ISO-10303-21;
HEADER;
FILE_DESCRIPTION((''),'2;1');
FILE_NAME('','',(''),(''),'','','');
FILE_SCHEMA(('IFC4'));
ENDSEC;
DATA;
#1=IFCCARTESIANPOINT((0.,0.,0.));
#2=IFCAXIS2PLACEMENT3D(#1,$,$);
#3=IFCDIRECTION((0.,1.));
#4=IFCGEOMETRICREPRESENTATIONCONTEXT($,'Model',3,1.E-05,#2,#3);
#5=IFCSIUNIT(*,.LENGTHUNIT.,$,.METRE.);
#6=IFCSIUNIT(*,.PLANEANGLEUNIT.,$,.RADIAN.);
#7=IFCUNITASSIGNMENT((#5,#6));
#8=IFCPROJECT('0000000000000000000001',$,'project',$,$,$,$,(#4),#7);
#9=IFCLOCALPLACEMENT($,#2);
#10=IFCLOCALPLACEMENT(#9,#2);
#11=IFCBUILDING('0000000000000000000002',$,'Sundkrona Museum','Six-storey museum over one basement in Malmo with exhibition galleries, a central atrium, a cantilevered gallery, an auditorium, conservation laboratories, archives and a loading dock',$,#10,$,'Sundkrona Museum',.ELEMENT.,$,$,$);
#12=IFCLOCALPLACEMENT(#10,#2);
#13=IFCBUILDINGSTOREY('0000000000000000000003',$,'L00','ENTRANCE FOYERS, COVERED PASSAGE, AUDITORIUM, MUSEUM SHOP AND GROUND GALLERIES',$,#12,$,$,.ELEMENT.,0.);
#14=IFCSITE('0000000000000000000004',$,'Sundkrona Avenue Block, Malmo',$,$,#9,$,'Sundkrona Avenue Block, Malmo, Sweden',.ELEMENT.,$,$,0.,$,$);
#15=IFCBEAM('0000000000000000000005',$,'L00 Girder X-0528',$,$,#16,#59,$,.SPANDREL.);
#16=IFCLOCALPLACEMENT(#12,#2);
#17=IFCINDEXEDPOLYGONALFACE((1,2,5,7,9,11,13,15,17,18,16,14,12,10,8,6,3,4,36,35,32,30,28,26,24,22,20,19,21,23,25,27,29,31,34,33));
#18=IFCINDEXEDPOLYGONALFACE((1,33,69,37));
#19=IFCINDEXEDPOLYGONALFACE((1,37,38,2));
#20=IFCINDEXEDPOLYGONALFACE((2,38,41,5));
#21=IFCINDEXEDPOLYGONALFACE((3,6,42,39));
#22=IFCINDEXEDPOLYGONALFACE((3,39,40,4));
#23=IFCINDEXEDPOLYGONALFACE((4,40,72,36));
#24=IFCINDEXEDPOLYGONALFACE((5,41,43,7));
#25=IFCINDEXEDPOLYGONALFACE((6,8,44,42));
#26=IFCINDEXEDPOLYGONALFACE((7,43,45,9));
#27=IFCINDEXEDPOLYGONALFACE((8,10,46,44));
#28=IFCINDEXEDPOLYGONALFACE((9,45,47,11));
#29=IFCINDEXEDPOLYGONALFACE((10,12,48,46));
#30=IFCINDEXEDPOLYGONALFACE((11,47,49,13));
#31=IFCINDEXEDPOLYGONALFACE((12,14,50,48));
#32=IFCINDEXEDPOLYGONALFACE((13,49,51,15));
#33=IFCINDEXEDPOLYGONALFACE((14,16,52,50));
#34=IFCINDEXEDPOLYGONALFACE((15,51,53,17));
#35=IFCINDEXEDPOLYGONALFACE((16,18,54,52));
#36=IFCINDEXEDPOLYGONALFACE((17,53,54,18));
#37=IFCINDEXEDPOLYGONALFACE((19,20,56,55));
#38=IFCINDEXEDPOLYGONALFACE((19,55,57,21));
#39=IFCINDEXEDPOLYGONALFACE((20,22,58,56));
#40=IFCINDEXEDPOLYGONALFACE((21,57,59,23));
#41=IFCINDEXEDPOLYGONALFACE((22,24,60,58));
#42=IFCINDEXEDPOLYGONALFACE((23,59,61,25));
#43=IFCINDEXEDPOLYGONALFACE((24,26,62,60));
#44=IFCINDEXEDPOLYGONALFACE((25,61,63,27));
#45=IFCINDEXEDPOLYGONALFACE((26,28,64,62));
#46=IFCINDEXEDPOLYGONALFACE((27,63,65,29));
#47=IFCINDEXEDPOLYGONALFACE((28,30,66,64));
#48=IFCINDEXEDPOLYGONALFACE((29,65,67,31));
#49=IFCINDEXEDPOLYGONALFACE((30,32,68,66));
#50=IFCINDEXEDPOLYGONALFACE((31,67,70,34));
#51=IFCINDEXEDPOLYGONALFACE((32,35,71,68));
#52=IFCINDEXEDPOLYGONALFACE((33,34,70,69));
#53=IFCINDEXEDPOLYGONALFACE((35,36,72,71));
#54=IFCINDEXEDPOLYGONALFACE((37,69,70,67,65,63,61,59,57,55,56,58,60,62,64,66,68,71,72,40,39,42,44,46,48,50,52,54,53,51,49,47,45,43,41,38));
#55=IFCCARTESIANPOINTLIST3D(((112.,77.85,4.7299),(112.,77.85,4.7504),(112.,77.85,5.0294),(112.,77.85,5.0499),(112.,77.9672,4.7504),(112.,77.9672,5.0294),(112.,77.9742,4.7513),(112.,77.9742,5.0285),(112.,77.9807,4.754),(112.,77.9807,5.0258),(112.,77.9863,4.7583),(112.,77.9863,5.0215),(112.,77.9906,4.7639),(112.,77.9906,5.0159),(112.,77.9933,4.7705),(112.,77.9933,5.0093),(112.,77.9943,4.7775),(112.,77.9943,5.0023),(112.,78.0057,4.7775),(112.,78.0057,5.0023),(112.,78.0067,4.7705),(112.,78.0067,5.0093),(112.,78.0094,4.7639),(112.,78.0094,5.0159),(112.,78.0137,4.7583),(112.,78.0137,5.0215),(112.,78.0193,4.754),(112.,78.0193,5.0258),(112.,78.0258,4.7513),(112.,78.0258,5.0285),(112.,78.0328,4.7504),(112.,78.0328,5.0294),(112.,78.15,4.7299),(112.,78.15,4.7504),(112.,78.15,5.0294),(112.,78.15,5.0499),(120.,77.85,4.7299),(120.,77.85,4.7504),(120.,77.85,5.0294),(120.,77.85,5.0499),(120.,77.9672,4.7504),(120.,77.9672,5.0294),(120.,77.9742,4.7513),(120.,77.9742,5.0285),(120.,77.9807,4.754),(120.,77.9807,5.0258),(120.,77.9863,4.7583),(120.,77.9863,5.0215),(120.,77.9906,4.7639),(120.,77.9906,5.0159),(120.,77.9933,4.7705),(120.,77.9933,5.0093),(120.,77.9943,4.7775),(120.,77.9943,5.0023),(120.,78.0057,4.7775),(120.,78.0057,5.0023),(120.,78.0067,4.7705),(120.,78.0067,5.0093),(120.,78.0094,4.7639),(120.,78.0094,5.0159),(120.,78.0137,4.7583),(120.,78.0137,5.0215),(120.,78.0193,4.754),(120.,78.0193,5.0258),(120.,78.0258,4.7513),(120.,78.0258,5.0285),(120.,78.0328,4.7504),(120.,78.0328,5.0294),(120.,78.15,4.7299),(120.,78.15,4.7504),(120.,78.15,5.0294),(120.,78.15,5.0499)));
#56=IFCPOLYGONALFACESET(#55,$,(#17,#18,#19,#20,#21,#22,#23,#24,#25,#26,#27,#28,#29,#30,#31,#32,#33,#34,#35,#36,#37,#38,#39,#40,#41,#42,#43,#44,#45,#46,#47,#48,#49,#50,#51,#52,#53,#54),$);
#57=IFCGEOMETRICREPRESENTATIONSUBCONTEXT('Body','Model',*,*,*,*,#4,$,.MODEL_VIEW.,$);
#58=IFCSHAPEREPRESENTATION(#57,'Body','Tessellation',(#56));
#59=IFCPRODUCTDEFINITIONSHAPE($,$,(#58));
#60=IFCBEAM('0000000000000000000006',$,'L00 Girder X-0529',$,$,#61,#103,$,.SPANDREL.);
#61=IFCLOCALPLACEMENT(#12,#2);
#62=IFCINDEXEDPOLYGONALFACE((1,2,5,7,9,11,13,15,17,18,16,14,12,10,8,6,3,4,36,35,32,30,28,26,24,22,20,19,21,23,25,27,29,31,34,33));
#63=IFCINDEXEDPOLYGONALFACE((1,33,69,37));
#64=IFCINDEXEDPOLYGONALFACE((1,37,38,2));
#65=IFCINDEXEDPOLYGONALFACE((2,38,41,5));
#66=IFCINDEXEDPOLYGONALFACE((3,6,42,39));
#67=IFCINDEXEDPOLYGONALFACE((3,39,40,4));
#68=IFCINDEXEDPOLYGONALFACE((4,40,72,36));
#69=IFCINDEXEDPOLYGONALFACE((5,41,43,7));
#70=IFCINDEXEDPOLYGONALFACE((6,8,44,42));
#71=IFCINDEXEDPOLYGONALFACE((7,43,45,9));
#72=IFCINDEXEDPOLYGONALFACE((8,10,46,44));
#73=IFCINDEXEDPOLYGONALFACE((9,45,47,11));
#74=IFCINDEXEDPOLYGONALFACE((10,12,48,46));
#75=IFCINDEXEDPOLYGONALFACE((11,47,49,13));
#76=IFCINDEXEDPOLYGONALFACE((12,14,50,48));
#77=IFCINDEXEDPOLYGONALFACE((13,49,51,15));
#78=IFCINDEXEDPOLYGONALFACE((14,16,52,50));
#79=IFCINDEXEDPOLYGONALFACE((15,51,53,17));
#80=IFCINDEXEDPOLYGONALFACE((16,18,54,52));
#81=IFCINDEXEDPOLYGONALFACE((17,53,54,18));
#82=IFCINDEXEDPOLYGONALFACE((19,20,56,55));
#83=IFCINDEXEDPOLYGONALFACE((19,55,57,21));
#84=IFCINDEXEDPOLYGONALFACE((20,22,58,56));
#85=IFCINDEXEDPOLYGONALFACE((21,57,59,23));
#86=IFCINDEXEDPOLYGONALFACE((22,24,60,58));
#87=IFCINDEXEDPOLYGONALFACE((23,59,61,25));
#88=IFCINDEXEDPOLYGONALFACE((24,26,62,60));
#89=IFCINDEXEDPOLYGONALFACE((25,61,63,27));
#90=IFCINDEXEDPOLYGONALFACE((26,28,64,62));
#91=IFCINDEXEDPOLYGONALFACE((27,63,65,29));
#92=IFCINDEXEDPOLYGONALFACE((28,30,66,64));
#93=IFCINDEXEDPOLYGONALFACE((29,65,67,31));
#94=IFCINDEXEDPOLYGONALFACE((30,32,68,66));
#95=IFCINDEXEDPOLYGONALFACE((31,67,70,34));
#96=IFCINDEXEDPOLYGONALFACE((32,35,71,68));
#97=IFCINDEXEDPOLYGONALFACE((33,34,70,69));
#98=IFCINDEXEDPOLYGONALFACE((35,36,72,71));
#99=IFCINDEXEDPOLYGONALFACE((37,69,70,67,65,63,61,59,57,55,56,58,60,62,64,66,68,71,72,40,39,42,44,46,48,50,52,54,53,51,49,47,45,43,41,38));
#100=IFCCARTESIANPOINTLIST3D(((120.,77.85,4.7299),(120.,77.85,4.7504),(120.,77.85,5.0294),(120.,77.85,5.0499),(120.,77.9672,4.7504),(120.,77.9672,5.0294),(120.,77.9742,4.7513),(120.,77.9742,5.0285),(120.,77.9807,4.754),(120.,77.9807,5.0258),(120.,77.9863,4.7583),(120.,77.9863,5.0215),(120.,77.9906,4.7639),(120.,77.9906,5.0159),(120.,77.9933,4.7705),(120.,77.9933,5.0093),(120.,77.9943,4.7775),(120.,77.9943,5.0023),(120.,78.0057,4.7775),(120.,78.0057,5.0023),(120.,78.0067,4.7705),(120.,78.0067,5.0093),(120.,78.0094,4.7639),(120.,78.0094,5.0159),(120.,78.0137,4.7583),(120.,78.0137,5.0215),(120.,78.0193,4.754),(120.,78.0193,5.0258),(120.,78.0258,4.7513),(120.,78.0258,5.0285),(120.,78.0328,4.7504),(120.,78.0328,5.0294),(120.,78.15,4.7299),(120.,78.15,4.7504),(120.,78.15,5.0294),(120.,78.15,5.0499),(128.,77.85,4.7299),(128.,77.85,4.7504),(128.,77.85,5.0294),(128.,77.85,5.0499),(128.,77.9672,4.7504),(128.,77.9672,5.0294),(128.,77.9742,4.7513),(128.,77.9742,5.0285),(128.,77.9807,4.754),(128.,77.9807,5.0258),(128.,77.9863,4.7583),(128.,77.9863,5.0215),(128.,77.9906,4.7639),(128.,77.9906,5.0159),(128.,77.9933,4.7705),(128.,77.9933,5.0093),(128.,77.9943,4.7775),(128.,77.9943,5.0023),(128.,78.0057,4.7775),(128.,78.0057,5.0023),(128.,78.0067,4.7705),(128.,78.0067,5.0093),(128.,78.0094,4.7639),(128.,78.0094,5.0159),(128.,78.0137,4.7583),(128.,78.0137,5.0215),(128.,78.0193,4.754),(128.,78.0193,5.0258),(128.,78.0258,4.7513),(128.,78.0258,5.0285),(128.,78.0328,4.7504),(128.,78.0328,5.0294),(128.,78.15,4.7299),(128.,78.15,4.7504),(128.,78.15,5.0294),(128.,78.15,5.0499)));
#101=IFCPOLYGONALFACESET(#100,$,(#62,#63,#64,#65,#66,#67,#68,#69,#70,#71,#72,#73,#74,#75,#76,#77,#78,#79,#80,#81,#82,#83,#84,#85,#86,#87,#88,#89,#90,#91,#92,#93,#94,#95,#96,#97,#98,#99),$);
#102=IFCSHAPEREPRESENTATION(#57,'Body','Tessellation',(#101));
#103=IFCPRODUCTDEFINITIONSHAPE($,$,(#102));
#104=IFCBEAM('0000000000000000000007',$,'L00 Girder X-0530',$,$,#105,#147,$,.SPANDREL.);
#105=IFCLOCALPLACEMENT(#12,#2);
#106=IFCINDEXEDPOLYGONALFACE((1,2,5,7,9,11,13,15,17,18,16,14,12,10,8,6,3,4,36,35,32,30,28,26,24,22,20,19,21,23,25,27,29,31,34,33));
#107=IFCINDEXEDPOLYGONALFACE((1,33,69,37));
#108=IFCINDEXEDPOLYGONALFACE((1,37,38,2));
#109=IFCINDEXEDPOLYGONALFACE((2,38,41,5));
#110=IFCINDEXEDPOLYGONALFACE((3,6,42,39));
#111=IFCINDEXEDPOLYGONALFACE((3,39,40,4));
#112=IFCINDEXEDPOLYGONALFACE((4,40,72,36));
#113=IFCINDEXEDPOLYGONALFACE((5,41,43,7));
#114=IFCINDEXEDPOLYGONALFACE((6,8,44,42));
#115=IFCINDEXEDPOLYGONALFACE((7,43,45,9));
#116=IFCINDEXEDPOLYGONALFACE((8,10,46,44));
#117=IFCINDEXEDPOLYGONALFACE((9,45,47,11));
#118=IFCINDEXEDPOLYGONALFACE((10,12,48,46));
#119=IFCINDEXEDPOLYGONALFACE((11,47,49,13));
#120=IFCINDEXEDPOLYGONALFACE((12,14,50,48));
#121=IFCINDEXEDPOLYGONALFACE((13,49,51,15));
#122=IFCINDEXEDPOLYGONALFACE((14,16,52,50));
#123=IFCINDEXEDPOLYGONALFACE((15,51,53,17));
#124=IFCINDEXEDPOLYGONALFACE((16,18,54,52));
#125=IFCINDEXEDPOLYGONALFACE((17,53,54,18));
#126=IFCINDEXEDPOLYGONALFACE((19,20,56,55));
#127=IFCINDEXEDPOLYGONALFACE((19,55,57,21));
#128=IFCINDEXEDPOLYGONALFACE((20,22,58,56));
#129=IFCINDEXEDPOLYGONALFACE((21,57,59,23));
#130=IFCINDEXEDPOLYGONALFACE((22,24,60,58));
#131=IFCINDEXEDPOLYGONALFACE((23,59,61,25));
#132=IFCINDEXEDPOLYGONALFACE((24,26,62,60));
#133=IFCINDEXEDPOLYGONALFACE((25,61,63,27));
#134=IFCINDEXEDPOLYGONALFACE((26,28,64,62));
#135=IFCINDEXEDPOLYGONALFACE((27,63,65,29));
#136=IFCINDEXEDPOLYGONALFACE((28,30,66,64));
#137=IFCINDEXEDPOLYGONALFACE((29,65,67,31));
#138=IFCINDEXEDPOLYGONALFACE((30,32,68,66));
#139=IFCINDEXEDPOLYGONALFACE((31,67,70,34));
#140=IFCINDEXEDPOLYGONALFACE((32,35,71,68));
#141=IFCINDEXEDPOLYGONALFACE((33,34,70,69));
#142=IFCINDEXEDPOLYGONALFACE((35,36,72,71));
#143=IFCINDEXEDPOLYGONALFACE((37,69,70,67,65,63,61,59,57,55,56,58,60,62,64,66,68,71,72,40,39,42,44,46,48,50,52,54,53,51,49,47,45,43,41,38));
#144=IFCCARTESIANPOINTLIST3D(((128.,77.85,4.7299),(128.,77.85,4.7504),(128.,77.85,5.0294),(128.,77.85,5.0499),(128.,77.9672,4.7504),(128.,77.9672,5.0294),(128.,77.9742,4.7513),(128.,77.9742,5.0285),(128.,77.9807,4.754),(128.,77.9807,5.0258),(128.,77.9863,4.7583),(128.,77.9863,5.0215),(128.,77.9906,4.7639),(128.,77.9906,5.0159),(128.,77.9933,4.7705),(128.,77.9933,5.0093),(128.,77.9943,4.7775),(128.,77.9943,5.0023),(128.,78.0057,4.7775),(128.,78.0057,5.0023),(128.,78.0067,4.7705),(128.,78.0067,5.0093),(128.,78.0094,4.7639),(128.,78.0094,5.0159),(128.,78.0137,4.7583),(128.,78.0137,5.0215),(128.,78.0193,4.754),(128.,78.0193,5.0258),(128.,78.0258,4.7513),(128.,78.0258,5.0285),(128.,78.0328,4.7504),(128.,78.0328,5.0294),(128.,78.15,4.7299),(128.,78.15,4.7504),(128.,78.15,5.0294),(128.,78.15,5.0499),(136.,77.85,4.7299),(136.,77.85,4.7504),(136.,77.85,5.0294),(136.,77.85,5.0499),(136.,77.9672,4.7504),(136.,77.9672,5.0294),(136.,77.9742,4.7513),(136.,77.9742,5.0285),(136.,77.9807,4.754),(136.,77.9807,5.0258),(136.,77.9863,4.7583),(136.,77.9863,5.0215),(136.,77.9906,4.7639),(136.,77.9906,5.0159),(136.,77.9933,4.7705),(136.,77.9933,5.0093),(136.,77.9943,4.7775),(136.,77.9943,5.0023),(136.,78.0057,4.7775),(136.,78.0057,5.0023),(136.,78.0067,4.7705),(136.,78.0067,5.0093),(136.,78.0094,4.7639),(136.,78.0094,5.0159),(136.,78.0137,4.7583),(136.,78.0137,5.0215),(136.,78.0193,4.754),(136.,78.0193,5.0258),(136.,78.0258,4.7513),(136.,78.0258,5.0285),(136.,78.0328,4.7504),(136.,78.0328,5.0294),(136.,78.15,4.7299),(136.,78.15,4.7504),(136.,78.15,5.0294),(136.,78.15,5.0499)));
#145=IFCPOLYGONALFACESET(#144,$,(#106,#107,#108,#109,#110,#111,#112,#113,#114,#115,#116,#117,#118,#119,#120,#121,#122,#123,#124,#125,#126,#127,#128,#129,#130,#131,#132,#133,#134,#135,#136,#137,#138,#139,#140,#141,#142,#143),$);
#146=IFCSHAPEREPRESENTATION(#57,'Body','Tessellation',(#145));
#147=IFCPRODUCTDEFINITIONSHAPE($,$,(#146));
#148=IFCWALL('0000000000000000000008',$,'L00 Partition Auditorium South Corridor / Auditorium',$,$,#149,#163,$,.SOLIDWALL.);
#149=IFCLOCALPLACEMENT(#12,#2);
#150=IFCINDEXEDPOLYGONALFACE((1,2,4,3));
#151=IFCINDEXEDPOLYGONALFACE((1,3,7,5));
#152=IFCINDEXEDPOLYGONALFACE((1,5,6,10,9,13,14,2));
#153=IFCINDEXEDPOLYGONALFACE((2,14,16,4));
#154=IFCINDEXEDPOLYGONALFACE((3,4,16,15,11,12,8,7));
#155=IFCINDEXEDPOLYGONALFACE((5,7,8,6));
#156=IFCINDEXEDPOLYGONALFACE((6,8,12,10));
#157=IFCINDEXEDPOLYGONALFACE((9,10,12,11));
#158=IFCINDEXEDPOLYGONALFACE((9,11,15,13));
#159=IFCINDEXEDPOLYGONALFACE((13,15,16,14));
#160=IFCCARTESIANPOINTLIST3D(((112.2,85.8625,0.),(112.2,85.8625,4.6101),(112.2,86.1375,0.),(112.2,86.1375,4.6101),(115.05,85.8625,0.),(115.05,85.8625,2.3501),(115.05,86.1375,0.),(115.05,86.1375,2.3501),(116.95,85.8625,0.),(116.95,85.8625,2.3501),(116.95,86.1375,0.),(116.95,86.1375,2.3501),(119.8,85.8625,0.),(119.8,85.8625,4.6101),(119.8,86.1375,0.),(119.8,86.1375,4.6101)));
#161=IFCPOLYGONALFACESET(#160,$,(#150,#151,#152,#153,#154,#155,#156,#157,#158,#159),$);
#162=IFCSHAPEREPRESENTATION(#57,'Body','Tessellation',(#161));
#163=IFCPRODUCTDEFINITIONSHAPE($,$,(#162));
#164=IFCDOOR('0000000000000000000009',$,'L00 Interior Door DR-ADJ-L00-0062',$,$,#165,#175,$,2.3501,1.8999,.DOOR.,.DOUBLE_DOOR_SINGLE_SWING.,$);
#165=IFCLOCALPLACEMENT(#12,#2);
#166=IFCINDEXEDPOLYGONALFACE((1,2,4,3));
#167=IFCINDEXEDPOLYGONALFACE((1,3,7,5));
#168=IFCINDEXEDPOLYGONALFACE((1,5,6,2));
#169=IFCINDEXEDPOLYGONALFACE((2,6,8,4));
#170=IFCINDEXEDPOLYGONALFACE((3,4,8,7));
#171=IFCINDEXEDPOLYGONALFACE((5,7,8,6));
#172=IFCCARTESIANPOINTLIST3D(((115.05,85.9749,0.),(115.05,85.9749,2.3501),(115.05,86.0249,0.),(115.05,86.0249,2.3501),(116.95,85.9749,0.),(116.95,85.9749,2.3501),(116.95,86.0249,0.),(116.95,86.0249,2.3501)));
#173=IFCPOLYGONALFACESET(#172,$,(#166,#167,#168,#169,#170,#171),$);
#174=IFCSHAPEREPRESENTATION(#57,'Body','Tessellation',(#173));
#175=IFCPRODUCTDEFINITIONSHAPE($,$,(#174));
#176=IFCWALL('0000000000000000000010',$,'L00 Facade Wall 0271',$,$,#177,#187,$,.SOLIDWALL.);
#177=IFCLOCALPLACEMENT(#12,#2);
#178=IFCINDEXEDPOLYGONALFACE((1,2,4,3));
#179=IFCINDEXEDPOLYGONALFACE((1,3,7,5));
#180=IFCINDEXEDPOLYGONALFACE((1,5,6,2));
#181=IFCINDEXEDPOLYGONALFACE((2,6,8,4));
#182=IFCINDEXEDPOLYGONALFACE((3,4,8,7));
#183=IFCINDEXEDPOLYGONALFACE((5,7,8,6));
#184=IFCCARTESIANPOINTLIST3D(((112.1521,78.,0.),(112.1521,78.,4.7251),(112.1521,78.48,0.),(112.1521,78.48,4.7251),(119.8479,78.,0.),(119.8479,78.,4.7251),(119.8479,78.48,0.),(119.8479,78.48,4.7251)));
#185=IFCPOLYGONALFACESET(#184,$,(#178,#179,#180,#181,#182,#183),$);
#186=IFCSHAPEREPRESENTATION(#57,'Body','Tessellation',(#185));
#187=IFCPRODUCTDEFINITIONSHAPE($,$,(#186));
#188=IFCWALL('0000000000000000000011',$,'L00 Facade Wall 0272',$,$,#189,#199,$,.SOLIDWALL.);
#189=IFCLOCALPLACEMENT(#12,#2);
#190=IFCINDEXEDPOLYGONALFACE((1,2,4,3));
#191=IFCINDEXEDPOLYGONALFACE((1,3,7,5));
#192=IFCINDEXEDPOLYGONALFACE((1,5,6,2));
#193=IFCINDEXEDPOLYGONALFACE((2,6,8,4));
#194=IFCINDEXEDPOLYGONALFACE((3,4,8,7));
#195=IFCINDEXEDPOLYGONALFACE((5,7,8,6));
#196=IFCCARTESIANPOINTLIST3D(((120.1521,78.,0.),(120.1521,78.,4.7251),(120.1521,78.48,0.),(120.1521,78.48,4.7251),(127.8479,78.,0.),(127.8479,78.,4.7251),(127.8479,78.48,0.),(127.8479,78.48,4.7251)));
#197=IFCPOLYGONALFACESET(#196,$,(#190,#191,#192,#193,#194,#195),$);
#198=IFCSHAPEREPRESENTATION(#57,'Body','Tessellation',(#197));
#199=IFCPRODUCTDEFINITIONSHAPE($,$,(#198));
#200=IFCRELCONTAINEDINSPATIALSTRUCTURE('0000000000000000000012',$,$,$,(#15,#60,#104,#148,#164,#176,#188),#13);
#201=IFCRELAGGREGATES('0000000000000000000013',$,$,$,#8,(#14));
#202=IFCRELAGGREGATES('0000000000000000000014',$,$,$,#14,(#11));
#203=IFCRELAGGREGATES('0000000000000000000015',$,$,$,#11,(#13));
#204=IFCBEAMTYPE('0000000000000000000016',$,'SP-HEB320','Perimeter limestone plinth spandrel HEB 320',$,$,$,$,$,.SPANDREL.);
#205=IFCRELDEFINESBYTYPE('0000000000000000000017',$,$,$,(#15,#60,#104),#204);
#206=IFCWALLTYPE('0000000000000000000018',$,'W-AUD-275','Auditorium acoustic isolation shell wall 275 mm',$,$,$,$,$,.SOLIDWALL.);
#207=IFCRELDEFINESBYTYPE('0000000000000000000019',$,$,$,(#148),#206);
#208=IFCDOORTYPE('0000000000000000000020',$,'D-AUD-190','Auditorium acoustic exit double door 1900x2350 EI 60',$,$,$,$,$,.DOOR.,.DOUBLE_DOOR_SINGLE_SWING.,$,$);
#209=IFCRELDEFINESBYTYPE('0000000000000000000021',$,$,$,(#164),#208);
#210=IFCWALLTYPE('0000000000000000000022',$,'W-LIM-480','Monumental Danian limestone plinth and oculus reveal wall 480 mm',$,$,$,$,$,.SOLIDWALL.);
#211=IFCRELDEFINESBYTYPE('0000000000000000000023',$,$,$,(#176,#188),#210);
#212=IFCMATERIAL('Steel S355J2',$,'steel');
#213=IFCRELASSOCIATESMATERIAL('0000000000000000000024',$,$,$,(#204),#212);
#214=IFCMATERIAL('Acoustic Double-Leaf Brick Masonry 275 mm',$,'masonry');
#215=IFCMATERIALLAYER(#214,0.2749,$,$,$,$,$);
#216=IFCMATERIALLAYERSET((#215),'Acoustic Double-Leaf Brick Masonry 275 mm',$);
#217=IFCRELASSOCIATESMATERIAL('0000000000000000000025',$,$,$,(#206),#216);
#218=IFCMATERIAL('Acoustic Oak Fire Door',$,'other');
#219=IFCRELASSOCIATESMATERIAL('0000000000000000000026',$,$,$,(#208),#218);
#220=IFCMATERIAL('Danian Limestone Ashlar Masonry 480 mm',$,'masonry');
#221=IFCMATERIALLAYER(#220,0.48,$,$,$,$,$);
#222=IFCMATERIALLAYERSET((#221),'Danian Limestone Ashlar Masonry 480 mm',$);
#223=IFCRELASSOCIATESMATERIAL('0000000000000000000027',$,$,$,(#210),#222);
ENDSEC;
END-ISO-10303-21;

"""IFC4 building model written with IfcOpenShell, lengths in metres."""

from ifc_helpers import new_model, si_unit, direction, frame, frame_2d, origin, origin_2d, place, context, subcontext, project, spatial, rectangle, i_section, extrude, material, layer, layer_set, material_profile, profile_set, type_object, element, fill, save


model = new_model("IFC4")

# Units and contexts
model_context = context("Model", 3, precision=1e-05, world=origin(), true_north=direction((0.0, 1.0)))
body_context = subcontext(model_context, "Body", "Model", "MODEL_VIEW")
ifc_project = project(units=[si_unit("LENGTHUNIT", "METRE"), si_unit("PLANEANGLEUNIT", "RADIAN")], contexts=[model_context])

# Site, building, storey
site_placement = place(None, origin())
site = spatial("IfcSite", under=ifc_project, at=site_placement, Name="Sundkrona Avenue Block, Malmo", LongName="Sundkrona Avenue Block, Malmo, Sweden", CompositionType="ELEMENT", RefElevation=0.0)
building_placement = place(site_placement, origin())
building = spatial("IfcBuilding", under=site, at=building_placement, Name="Sundkrona Museum", Description="Six-storey museum over one basement in Malmo with exhibition galleries, a central atrium, a cantilevered gallery, an auditorium, conservation laboratories, archives and a loading dock", LongName="Sundkrona Museum", CompositionType="ELEMENT")
storey_placement = place(building_placement, origin())
storey = spatial("IfcBuildingStorey", under=building, at=storey_placement, Name="L00", Description="ENTRANCE FOYERS, COVERED PASSAGE, AUDITORIUM, MUSEUM SHOP AND GROUND GALLERIES", CompositionType="ELEMENT", Elevation=0.0)

# Shared definitions
ifc_material_1 = material(Name="Steel S355J2", Category="steel")

# Beams
ifc_material_profile_1 = material_profile(ifc_material_1, i_section(OverallWidth=0.3, OverallDepth=0.3201, WebThickness=0.0115, FlangeThickness=0.0205, FilletRadius=0.0271, at=origin_2d()), Name="HEB 320")
ifc_profile_set_1 = profile_set([ifc_material_profile_1], Name="Steel S355J2")
beam_type_1 = type_object("IfcBeamType", Name="SP-HEB320", Description="Perimeter limestone plinth spandrel HEB 320", PredefinedType="SPANDREL", material=ifc_profile_set_1)
for number, where, z_axis, x_axis, name in (
    (1, (112.0, 78.0, 4.8899), (1.0, 0.0, 0.0), (0.0, 1.0, 0.0), "L00 Girder X-0528"),
    (2, (120.0, 78.0, 4.8899), (1.0, 0.0, 0.0), (0.0, 1.0, 0.0), "L00 Girder X-0529"),
    (3, (128.0, 78.0, 4.8899), (1.0, 0.0, 0.0), (0.0, 1.0, 0.0), "L00 Girder X-0530"),
):
    element("IfcBeam", number, at=place(storey_placement, frame(where, z_axis=z_axis, x_axis=x_axis)), inside=storey, type_object=beam_type_1, Name=name, PredefinedType="SPANDREL", context=body_context, shape_type="SweptSolid", body=[
        extrude(i_section(OverallWidth=0.3, OverallDepth=0.3201, WebThickness=0.0115, FlangeThickness=0.0205, FilletRadius=0.0271, at=origin_2d()), origin(), (0.0, 0.0, 1.0), 8.0),
    ])

# Wall, opening, door
ifc_material_2 = material(Name="Acoustic Double-Leaf Brick Masonry 275 mm", Category="masonry")
ifc_layer_1 = layer(ifc_material_2, 0.2749)
ifc_layer_set_1 = layer_set([ifc_layer_1], Name="Acoustic Double-Leaf Brick Masonry 275 mm")
wall_type_1 = type_object("IfcWallType", Name="W-AUD-275", Description="Auditorium acoustic isolation shell wall 275 mm", PredefinedType="SOLIDWALL", material=ifc_layer_set_1)
wall_placement = place(storey_placement, frame((112.2, 86.0, 0.0), z_axis=(0.0, 0.0, 1.0), x_axis=(1.0, 0.0, 0.0)))
wall = element("IfcWall", 4, at=wall_placement, inside=storey, type_object=wall_type_1, Name="L00 Partition Auditorium South Corridor / Auditorium", PredefinedType="SOLIDWALL", context=body_context, shape_type="SweptSolid", body=[
    extrude(rectangle(XDim=7.6001, YDim=0.2749, at=frame_2d((3.8, 0.0))), origin(), (0.0, 0.0, 1.0), 4.6101),
])
opening_placement = place(wall_placement, frame((2.8501, 0.0, 0.0)))
opening = element("IfcOpeningElement", 5, at=opening_placement, cuts=wall, PredefinedType="OPENING", context=body_context, shape_type="SweptSolid", body=[
    extrude(rectangle(XDim=1.8999, YDim=2.3501, at=frame_2d((0.95, 1.175))), frame((0.0, 0.1475, 0.0), z_axis=(0.0, -1.0, 0.0), x_axis=(1.0, 0.0, 0.0)), (0.0, 0.0, 1.0), 0.2949),
])
ifc_material_3 = material(Name="Acoustic Oak Fire Door", Category="other")
door_type = type_object("IfcDoorType", Name="D-AUD-190", Description="Auditorium acoustic exit double door 1900x2350 EI 60", OperationType="DOUBLE_DOOR_SINGLE_SWING", PredefinedType="DOOR", material=ifc_material_3)
door_placement = place(opening_placement, origin())
door = element("IfcDoor", 6, at=door_placement, inside=storey, type_object=door_type, Name="L00 Interior Door DR-ADJ-L00-0062", OperationType="DOUBLE_DOOR_SINGLE_SWING", OverallHeight=2.3501, OverallWidth=1.8999, PredefinedType="DOOR", context=body_context, shape_type="SweptSolid", body=[
    extrude(rectangle(XDim=1.8999, YDim=2.3501, at=frame_2d((0.95, 1.175))), frame((0.0, 0.0249, 0.0), z_axis=(0.0, -1.0, 0.0), x_axis=(1.0, 0.0, 0.0)), (0.0, 0.0, 1.0), 0.05),
])
fill(opening, door)

# Walls
ifc_material_4 = material(Name="Danian Limestone Ashlar Masonry 480 mm", Category="masonry")
ifc_layer_2 = layer(ifc_material_4, 0.48)
ifc_layer_set_2 = layer_set([ifc_layer_2], Name="Danian Limestone Ashlar Masonry 480 mm")
wall_type_2 = type_object("IfcWallType", Name="W-LIM-480", Description="Monumental Danian limestone plinth and oculus reveal wall 480 mm", PredefinedType="SOLIDWALL", material=ifc_layer_set_2)
for number, where, z_axis, x_axis, name in (
    (7, (119.8479, 78.24, 0.0), (0.0, 0.0, 1.0), (-1.0, 0.0, 0.0), "L00 Facade Wall 0271"),
    (8, (127.8479, 78.24, 0.0), (0.0, 0.0, 1.0), (-1.0, 0.0, 0.0), "L00 Facade Wall 0272"),
):
    element("IfcWall", number, at=place(storey_placement, frame(where, z_axis=z_axis, x_axis=x_axis)), inside=storey, type_object=wall_type_2, Name=name, PredefinedType="SOLIDWALL", context=body_context, shape_type="SweptSolid", body=[
        extrude(rectangle(XDim=7.6958, YDim=0.48, at=frame_2d((3.8479, 0.0))), origin(), (0.0, 0.0, 1.0), 4.7251),
    ])

save(model, "model.ifc")
